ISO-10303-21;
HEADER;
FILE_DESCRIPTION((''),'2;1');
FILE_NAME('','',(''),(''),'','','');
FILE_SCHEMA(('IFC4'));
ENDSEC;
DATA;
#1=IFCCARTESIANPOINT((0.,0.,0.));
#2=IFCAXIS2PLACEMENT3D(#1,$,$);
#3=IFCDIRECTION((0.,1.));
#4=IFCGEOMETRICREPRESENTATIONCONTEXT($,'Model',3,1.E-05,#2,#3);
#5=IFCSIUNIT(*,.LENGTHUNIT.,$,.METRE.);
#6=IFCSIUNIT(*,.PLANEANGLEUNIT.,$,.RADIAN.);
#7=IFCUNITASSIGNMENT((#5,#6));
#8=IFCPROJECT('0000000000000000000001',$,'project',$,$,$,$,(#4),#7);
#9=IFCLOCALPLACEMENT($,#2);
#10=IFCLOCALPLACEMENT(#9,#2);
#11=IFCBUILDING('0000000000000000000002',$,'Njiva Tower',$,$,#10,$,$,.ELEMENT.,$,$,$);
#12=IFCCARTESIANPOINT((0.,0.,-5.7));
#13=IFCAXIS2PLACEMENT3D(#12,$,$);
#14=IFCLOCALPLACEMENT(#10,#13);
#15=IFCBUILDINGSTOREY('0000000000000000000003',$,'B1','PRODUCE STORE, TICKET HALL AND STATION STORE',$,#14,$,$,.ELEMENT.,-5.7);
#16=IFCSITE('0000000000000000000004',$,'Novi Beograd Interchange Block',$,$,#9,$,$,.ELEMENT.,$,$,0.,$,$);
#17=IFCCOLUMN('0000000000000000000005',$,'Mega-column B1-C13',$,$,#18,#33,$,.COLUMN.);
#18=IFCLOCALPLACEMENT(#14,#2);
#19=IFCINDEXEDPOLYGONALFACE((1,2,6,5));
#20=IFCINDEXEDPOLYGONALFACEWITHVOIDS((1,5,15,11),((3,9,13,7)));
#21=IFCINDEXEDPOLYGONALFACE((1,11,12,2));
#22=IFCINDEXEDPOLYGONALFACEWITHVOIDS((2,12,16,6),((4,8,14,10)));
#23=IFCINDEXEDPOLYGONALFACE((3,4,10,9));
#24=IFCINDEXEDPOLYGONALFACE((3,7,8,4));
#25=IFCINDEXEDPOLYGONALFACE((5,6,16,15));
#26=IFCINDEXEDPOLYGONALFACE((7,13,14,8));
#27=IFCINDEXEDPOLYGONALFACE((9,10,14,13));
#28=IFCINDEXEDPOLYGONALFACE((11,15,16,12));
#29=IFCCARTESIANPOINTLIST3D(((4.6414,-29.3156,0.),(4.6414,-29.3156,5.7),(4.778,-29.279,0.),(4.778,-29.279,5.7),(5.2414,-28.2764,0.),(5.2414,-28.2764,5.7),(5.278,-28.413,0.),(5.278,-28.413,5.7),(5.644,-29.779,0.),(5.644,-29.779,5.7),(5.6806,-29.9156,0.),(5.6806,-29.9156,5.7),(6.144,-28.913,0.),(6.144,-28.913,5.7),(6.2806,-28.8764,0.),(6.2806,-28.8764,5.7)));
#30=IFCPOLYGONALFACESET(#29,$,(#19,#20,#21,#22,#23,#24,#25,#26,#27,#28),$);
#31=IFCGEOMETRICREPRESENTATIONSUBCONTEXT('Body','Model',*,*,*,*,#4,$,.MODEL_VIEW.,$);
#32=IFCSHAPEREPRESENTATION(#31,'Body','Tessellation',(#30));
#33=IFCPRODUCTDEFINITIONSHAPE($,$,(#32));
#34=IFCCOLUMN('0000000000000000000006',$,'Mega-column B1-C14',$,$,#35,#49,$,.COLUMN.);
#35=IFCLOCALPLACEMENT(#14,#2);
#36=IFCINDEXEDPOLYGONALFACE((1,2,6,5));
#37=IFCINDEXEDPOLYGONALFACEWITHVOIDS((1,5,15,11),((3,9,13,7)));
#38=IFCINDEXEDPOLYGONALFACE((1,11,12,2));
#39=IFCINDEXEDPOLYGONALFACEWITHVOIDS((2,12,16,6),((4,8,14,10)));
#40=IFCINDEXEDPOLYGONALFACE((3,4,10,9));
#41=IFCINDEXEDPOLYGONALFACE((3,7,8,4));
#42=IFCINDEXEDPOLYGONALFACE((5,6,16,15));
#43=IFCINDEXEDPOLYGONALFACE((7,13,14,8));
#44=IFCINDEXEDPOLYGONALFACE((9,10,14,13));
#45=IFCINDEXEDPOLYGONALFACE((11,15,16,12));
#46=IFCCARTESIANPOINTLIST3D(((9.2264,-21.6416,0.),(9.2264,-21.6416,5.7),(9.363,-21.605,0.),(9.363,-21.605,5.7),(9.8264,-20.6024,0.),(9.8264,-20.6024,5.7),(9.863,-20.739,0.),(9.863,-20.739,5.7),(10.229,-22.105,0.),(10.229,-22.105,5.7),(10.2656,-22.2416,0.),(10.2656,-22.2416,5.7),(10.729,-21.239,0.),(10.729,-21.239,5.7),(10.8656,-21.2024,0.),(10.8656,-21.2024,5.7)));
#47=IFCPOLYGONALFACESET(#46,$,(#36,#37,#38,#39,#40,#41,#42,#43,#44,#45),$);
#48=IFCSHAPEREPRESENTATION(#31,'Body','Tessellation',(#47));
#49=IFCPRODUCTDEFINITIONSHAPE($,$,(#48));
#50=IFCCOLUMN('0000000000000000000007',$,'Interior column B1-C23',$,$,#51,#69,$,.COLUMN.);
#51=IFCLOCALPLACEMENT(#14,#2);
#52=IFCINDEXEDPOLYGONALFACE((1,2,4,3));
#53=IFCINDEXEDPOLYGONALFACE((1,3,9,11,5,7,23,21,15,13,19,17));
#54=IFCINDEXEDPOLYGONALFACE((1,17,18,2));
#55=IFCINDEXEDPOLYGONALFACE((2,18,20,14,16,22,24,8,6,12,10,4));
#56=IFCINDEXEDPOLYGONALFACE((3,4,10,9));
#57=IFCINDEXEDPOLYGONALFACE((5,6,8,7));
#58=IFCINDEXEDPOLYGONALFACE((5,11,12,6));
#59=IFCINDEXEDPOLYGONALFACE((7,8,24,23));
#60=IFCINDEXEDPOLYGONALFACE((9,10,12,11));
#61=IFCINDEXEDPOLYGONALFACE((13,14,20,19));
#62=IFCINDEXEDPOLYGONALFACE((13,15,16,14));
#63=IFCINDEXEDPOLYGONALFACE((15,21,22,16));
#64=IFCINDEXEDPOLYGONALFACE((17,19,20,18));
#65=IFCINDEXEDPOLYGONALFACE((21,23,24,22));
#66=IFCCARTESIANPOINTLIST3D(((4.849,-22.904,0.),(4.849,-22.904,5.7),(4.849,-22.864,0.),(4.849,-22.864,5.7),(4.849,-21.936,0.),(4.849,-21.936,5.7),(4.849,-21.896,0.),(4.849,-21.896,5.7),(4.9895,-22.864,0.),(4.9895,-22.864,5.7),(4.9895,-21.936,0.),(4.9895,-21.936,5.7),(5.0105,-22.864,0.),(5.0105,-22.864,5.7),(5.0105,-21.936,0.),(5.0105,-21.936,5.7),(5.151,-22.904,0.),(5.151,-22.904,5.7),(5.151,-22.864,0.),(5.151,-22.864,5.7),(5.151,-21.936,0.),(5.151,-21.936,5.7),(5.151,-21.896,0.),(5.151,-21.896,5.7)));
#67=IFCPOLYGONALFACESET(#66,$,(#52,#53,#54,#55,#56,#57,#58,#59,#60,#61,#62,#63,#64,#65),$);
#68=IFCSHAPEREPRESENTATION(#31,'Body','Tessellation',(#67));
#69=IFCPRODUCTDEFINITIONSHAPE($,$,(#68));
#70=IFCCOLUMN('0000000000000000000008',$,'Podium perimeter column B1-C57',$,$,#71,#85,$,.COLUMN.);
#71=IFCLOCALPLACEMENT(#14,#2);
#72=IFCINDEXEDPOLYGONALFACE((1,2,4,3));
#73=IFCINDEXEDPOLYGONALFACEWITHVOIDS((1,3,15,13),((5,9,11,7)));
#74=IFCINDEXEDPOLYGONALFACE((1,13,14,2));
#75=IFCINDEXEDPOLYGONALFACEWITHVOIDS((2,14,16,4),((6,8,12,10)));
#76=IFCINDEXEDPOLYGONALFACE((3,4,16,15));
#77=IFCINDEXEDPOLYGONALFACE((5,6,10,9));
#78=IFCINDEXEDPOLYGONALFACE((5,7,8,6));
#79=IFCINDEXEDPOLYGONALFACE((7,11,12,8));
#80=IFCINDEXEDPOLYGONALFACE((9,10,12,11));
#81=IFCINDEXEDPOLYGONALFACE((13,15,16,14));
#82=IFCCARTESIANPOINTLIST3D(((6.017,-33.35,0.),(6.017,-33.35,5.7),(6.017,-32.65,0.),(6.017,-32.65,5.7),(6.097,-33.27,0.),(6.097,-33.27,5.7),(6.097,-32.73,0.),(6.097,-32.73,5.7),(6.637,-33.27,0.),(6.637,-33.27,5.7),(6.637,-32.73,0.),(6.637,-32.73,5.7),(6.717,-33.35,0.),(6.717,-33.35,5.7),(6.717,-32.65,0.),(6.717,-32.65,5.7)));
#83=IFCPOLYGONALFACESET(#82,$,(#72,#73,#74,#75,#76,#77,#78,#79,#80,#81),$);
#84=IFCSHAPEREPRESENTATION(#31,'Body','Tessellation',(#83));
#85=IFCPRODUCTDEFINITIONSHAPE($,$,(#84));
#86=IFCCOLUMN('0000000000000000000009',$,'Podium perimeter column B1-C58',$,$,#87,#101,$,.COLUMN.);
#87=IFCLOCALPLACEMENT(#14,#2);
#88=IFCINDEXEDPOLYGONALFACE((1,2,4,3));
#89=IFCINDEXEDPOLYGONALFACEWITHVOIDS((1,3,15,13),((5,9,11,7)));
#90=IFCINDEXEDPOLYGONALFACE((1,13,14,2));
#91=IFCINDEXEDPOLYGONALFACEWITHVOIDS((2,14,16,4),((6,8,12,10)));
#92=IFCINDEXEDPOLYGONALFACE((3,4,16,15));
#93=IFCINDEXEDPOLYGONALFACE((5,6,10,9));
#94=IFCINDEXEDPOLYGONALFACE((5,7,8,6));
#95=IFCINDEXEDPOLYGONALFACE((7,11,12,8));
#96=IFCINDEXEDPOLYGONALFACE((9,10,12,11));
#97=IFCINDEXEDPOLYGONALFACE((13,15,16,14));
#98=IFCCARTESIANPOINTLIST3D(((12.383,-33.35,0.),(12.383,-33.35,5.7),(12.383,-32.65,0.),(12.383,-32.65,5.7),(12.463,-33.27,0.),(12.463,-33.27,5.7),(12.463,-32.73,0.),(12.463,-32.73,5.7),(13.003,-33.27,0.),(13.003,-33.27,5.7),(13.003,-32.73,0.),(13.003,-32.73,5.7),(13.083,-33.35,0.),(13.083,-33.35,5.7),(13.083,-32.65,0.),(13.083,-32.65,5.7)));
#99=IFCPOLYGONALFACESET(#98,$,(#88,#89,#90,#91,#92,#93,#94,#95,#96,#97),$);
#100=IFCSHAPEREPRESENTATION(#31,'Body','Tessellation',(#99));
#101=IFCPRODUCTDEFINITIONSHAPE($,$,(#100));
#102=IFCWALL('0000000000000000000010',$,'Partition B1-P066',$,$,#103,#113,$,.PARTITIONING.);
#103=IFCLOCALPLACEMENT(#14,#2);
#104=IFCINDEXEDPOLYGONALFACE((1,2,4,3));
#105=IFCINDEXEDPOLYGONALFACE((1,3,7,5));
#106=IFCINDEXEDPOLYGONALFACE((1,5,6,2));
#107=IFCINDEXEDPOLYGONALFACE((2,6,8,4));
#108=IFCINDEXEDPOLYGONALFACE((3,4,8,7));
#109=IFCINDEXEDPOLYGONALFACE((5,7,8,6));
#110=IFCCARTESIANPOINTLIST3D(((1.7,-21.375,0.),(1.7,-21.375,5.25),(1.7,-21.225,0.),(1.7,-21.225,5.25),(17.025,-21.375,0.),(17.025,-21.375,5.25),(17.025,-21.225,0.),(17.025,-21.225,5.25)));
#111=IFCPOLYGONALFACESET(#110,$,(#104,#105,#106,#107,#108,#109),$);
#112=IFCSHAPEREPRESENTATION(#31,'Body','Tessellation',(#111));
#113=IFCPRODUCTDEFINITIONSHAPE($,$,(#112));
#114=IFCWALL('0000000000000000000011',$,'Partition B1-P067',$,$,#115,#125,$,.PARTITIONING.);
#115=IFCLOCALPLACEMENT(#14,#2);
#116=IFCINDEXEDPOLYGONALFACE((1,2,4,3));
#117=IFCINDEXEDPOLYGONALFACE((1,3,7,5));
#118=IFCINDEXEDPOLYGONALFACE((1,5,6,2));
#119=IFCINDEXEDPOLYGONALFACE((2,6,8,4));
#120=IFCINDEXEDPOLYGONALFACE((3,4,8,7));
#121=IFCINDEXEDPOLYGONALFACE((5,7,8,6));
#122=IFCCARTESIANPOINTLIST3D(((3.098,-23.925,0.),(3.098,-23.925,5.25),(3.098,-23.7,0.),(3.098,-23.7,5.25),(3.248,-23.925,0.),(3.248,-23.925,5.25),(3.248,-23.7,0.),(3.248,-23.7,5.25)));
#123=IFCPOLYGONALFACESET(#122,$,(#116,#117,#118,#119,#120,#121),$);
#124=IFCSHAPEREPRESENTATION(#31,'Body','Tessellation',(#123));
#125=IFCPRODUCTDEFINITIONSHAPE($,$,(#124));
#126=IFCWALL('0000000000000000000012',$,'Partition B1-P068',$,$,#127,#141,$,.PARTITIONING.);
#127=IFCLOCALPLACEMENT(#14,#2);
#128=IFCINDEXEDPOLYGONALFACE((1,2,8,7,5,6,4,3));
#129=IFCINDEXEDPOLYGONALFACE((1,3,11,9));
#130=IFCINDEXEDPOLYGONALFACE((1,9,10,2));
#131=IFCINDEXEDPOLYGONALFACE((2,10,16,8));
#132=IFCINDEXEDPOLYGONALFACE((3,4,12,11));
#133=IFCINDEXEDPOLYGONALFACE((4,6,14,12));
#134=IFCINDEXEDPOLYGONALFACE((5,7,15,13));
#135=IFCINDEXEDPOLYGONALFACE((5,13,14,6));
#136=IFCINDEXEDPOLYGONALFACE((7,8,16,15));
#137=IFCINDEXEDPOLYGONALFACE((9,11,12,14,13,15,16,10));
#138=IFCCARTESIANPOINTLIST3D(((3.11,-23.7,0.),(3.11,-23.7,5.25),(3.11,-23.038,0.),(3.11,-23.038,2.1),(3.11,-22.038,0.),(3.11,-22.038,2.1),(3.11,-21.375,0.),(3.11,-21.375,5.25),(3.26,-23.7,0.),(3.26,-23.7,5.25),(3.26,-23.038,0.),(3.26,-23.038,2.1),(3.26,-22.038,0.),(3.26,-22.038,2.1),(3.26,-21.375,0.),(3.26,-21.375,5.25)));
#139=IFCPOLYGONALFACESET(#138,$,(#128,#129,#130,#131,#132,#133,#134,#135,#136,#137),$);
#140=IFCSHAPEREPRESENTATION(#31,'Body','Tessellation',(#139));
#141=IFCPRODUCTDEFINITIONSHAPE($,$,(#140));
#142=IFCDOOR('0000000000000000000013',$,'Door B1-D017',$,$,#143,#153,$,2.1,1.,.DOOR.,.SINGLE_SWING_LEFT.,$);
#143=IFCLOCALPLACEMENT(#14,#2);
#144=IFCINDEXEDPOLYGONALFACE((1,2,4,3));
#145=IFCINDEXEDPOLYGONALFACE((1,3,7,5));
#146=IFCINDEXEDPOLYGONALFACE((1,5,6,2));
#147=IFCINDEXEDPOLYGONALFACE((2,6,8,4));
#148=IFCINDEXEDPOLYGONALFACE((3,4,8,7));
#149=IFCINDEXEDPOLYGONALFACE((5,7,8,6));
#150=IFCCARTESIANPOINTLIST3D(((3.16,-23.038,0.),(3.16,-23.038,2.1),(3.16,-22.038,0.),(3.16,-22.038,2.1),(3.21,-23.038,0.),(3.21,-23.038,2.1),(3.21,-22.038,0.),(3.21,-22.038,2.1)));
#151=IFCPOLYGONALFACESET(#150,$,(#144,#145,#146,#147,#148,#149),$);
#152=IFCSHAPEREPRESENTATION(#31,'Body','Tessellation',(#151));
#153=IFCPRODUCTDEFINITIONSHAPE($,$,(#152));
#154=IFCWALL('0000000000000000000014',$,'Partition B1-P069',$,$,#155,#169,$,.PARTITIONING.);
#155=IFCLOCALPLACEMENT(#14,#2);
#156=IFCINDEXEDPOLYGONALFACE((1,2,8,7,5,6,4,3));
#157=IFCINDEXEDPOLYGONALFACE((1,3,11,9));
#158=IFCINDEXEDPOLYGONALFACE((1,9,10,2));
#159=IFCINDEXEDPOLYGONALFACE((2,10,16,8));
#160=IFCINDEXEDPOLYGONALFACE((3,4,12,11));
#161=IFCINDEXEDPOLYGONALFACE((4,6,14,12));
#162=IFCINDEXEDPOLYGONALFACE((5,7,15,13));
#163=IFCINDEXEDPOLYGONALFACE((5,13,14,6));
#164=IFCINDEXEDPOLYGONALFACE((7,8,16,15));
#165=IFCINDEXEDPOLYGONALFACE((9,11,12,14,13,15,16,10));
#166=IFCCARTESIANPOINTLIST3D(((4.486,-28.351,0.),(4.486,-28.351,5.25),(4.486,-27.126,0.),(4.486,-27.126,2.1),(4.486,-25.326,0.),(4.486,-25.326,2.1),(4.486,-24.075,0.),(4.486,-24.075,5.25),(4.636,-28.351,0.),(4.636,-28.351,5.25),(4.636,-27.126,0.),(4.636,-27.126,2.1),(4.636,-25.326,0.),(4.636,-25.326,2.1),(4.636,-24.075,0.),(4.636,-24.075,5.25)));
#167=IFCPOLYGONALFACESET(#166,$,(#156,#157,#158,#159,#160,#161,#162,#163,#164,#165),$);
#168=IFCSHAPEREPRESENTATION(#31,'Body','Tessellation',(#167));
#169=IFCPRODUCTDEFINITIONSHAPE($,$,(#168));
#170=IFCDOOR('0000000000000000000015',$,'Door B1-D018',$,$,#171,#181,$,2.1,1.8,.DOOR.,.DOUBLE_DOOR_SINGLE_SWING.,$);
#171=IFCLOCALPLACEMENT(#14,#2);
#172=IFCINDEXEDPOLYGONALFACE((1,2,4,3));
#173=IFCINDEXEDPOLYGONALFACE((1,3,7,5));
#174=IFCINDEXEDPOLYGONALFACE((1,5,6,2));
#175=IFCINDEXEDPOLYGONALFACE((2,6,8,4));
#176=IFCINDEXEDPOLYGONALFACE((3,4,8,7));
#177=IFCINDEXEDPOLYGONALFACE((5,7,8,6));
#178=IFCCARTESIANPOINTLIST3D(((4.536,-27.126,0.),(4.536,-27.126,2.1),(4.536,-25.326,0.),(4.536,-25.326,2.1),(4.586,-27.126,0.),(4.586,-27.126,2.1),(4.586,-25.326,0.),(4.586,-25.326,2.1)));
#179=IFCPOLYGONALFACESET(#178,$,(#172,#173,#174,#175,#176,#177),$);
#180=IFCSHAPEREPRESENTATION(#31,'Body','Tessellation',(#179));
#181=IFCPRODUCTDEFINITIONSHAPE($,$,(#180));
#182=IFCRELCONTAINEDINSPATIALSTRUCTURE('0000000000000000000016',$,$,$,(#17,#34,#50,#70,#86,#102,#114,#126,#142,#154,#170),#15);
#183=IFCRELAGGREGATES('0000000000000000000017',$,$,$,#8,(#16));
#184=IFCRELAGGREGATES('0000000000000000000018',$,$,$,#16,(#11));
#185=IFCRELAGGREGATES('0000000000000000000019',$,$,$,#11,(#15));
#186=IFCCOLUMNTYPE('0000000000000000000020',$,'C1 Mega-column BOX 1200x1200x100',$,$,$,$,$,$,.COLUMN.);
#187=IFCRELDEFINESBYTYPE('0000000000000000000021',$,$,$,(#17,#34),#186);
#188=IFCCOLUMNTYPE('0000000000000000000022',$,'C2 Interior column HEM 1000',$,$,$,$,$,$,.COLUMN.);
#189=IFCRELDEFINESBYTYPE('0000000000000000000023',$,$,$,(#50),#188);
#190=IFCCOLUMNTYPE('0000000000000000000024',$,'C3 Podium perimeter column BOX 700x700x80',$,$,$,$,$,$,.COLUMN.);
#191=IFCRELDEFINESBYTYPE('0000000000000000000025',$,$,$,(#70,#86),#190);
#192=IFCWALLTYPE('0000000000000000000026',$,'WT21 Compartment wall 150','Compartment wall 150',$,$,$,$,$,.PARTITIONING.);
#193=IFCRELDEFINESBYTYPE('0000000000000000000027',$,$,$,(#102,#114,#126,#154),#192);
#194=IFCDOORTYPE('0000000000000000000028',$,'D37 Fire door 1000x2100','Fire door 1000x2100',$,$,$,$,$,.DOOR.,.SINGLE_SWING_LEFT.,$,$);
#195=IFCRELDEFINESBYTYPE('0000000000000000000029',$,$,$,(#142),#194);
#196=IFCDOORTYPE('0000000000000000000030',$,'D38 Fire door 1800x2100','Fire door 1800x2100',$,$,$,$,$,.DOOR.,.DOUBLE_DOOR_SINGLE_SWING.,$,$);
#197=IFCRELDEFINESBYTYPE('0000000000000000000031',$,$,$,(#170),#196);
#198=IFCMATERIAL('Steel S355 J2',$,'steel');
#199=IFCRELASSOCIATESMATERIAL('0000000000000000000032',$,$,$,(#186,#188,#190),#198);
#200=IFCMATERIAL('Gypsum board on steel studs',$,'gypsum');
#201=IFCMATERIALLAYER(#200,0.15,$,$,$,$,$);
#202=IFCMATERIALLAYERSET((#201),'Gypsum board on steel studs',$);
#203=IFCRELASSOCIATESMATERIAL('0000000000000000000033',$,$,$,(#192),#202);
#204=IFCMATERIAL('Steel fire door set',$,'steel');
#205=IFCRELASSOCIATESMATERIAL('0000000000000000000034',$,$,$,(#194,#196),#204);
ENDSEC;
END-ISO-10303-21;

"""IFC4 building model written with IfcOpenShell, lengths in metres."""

from ifc_helpers import new_model, si_unit, direction, frame, frame_2d, origin, origin_2d, place, context, subcontext, project, spatial, rectangle, hollow_rectangle, i_section, extrude, material, layer, layer_set, material_profile, profile_set, type_object, element, fill, save


model = new_model("IFC4")

# Units and contexts
model_context = context("Model", 3, precision=1e-05, world=origin(), true_north=direction((0.0, 1.0)))
body_context = subcontext(model_context, "Body", "Model", "MODEL_VIEW")
ifc_project = project(units=[si_unit("LENGTHUNIT", "METRE"), si_unit("PLANEANGLEUNIT", "RADIAN")], contexts=[model_context])

# Site, building, storey
site_placement = place(None, origin())
site = spatial("IfcSite", under=ifc_project, at=site_placement, Name="Novi Beograd Interchange Block", CompositionType="ELEMENT", RefElevation=0.0)
building_placement = place(site_placement, origin())
building = spatial("IfcBuilding", under=site, at=building_placement, Name="Njiva Tower", CompositionType="ELEMENT")
storey_placement = place(building_placement, frame((0.0, 0.0, -5.7)))
storey = spatial("IfcBuildingStorey", under=building, at=storey_placement, Name="B1", Description="PRODUCE STORE, TICKET HALL AND STATION STORE", CompositionType="ELEMENT", Elevation=-5.7)

# Columns
ifc_material_1 = material(Name="Steel S355 J2", Category="steel")
ifc_material_profile_1 = material_profile(ifc_material_1, hollow_rectangle(XDim=1.2, YDim=1.2, WallThickness=0.1, at=origin_2d()), Name="BOX 1200x1200x100")
ifc_profile_set_1 = profile_set([ifc_material_profile_1], Name="Steel S355 J2")
column_type_1 = type_object("IfcColumnType", Name="C1 Mega-column BOX 1200x1200x100", PredefinedType="COLUMN", material=ifc_profile_set_1)
for number, where, z_axis, x_axis, name in (
    (1, (5.461, -29.096, 0.0), (0.0, 0.0, 1.0), (0.5, 0.866025, 0.0), "Mega-column B1-C13"),
    (2, (10.046, -21.422, 0.0), (0.0, 0.0, 1.0), (0.5, 0.866025, 0.0), "Mega-column B1-C14"),
):
    element("IfcColumn", number, at=place(storey_placement, frame(where, z_axis=z_axis, x_axis=x_axis)), inside=storey, type_object=column_type_1, Name=name, PredefinedType="COLUMN", context=body_context, shape_type="SweptSolid", body=[
        extrude(hollow_rectangle(XDim=1.2, YDim=1.2, WallThickness=0.1, at=origin_2d()), origin(), (0.0, 0.0, 1.0), 5.7),
    ])
ifc_material_profile_2 = material_profile(ifc_material_1, i_section(OverallWidth=0.302, OverallDepth=1.008, WebThickness=0.021, FlangeThickness=0.04, at=origin_2d()), Name="HEM 1000")
ifc_profile_set_2 = profile_set([ifc_material_profile_2], Name="Steel S355 J2")
column_type_2 = type_object("IfcColumnType", Name="C2 Interior column HEM 1000", PredefinedType="COLUMN", material=ifc_profile_set_2)
column_placement = place(storey_placement, frame((5.0, -22.4, 0.0), z_axis=(0.0, 0.0, 1.0), x_axis=(1.0, 0.0, 0.0)))
element("IfcColumn", 3, at=column_placement, inside=storey, type_object=column_type_2, Name="Interior column B1-C23", PredefinedType="COLUMN", context=body_context, shape_type="SweptSolid", body=[
    extrude(i_section(OverallWidth=0.302, OverallDepth=1.008, WebThickness=0.021, FlangeThickness=0.04, at=origin_2d()), origin(), (0.0, 0.0, 1.0), 5.7),
])
ifc_material_profile_3 = material_profile(ifc_material_1, hollow_rectangle(XDim=0.7, YDim=0.7, WallThickness=0.08, at=origin_2d()), Name="BOX 700x700x80")
ifc_profile_set_3 = profile_set([ifc_material_profile_3], Name="Steel S355 J2")
column_type_3 = type_object("IfcColumnType", Name="C3 Podium perimeter column BOX 700x700x80", PredefinedType="COLUMN", material=ifc_profile_set_3)
for number, where, z_axis, x_axis, name in (
    (4, (6.367, -33.0, 0.0), (0.0, 0.0, 1.0), (1.0, 0.0, 0.0), "Podium perimeter column B1-C57"),
    (5, (12.733, -33.0, 0.0), (0.0, 0.0, 1.0), (1.0, 0.0, 0.0), "Podium perimeter column B1-C58"),
):
    element("IfcColumn", number, at=place(storey_placement, frame(where, z_axis=z_axis, x_axis=x_axis)), inside=storey, type_object=column_type_3, Name=name, PredefinedType="COLUMN", context=body_context, shape_type="SweptSolid", body=[
        extrude(hollow_rectangle(XDim=0.7, YDim=0.7, WallThickness=0.08, at=origin_2d()), origin(), (0.0, 0.0, 1.0), 5.7),
    ])

# Walls
ifc_material_2 = material(Name="Gypsum board on steel studs", Category="gypsum")
ifc_layer_1 = layer(ifc_material_2, 0.15)
ifc_layer_set_1 = layer_set([ifc_layer_1], Name="Gypsum board on steel studs")
wall_type_1 = type_object("IfcWallType", Name="WT21 Compartment wall 150", Description="Compartment wall 150", PredefinedType="PARTITIONING", material=ifc_layer_set_1)
wall_1_placement = place(storey_placement, frame((1.7, -21.3, 0.0), z_axis=(0.0, 0.0, 1.0), x_axis=(1.0, 0.0, 0.0)))
element("IfcWall", 6, at=wall_1_placement, inside=storey, type_object=wall_type_1, Name="Partition B1-P066", PredefinedType="PARTITIONING", context=body_context, shape_type="SweptSolid", body=[
    extrude(rectangle(XDim=15.325, YDim=0.15, at=frame_2d((7.6625, 0.0))), origin(), (0.0, 0.0, 1.0), 5.25),
])
wall_2_placement = place(storey_placement, frame((3.173, -23.925, 0.0), z_axis=(0.0, 0.0, 1.0), x_axis=(0.0, 1.0, 0.0)))
element("IfcWall", 7, at=wall_2_placement, inside=storey, type_object=wall_type_1, Name="Partition B1-P067", PredefinedType="PARTITIONING", context=body_context, shape_type="SweptSolid", body=[
    extrude(rectangle(XDim=0.225, YDim=0.15, at=frame_2d((0.1125, 0.0))), origin(), (0.0, 0.0, 1.0), 5.25),
])

# Walls, openings, doors
wall_3_placement = place(storey_placement, frame((3.185, -23.7, 0.0), z_axis=(0.0, 0.0, 1.0), x_axis=(0.0, 1.0, 0.0)))
wall_3 = element("IfcWall", 8, at=wall_3_placement, inside=storey, type_object=wall_type_1, Name="Partition B1-P068", PredefinedType="PARTITIONING", context=body_context, shape_type="SweptSolid", body=[
    extrude(rectangle(XDim=2.325, YDim=0.15, at=frame_2d((1.1625, 0.0))), origin(), (0.0, 0.0, 1.0), 5.25),
])
opening_1_placement = place(wall_3_placement, frame((0.662, 0.0, 0.0)))
opening_1 = element("IfcOpeningElement", 9, at=opening_1_placement, cuts=wall_3, PredefinedType="OPENING", context=body_context, shape_type="SweptSolid", body=[
    extrude(rectangle(XDim=1.0, YDim=2.1, at=frame_2d((0.5, 1.05))), frame((0.0, 0.085, 0.0), z_axis=(0.0, -1.0, 0.0), x_axis=(1.0, 0.0, 0.0)), (0.0, 0.0, 1.0), 0.17),
])
ifc_material_3 = material(Name="Steel fire door set", Category="steel")
door_type_1 = type_object("IfcDoorType", Name="D37 Fire door 1000x2100", Description="Fire door 1000x2100", OperationType="SINGLE_SWING_LEFT", PredefinedType="DOOR", material=ifc_material_3)
door_1_placement = place(opening_1_placement, origin())
door_1 = element("IfcDoor", 10, at=door_1_placement, inside=storey, type_object=door_type_1, Name="Door B1-D017", OperationType="SINGLE_SWING_LEFT", OverallHeight=2.1, OverallWidth=1.0, PredefinedType="DOOR", context=body_context, shape_type="SweptSolid", body=[
    extrude(rectangle(XDim=1.0, YDim=2.1, at=frame_2d((0.5, 1.05))), frame((0.0, 0.025, 0.0), z_axis=(0.0, -1.0, 0.0), x_axis=(1.0, 0.0, 0.0)), (0.0, 0.0, 1.0), 0.05),
])
fill(opening_1, door_1)
wall_4_placement = place(storey_placement, frame((4.561, -28.351, 0.0), z_axis=(0.0, 0.0, 1.0), x_axis=(0.0, 1.0, 0.0)))
wall_4 = element("IfcWall", 11, at=wall_4_placement, inside=storey, type_object=wall_type_1, Name="Partition B1-P069", PredefinedType="PARTITIONING", context=body_context, shape_type="SweptSolid", body=[
    extrude(rectangle(XDim=4.276, YDim=0.15, at=frame_2d((2.138, 0.0))), origin(), (0.0, 0.0, 1.0), 5.25),
])
opening_2_placement = place(wall_4_placement, frame((1.225, 0.0, 0.0)))
opening_2 = element("IfcOpeningElement", 12, at=opening_2_placement, cuts=wall_4, PredefinedType="OPENING", context=body_context, shape_type="SweptSolid", body=[
    extrude(rectangle(XDim=1.8, YDim=2.1, at=frame_2d((0.9, 1.05))), frame((0.0, 0.085, 0.0), z_axis=(0.0, -1.0, 0.0), x_axis=(1.0, 0.0, 0.0)), (0.0, 0.0, 1.0), 0.17),
])
door_type_2 = type_object("IfcDoorType", Name="D38 Fire door 1800x2100", Description="Fire door 1800x2100", OperationType="DOUBLE_DOOR_SINGLE_SWING", PredefinedType="DOOR", material=ifc_material_3)
door_2_placement = place(opening_2_placement, origin())
door_2 = element("IfcDoor", 13, at=door_2_placement, inside=storey, type_object=door_type_2, Name="Door B1-D018", OperationType="DOUBLE_DOOR_SINGLE_SWING", OverallHeight=2.1, OverallWidth=1.8, PredefinedType="DOOR", context=body_context, shape_type="SweptSolid", body=[
    extrude(rectangle(XDim=1.8, YDim=2.1, at=frame_2d((0.9, 1.05))), frame((0.0, 0.025, 0.0), z_axis=(0.0, -1.0, 0.0), x_axis=(1.0, 0.0, 0.0)), (0.0, 0.0, 1.0), 0.05),
])
fill(opening_2, door_2)

save(model, "model.ifc")
